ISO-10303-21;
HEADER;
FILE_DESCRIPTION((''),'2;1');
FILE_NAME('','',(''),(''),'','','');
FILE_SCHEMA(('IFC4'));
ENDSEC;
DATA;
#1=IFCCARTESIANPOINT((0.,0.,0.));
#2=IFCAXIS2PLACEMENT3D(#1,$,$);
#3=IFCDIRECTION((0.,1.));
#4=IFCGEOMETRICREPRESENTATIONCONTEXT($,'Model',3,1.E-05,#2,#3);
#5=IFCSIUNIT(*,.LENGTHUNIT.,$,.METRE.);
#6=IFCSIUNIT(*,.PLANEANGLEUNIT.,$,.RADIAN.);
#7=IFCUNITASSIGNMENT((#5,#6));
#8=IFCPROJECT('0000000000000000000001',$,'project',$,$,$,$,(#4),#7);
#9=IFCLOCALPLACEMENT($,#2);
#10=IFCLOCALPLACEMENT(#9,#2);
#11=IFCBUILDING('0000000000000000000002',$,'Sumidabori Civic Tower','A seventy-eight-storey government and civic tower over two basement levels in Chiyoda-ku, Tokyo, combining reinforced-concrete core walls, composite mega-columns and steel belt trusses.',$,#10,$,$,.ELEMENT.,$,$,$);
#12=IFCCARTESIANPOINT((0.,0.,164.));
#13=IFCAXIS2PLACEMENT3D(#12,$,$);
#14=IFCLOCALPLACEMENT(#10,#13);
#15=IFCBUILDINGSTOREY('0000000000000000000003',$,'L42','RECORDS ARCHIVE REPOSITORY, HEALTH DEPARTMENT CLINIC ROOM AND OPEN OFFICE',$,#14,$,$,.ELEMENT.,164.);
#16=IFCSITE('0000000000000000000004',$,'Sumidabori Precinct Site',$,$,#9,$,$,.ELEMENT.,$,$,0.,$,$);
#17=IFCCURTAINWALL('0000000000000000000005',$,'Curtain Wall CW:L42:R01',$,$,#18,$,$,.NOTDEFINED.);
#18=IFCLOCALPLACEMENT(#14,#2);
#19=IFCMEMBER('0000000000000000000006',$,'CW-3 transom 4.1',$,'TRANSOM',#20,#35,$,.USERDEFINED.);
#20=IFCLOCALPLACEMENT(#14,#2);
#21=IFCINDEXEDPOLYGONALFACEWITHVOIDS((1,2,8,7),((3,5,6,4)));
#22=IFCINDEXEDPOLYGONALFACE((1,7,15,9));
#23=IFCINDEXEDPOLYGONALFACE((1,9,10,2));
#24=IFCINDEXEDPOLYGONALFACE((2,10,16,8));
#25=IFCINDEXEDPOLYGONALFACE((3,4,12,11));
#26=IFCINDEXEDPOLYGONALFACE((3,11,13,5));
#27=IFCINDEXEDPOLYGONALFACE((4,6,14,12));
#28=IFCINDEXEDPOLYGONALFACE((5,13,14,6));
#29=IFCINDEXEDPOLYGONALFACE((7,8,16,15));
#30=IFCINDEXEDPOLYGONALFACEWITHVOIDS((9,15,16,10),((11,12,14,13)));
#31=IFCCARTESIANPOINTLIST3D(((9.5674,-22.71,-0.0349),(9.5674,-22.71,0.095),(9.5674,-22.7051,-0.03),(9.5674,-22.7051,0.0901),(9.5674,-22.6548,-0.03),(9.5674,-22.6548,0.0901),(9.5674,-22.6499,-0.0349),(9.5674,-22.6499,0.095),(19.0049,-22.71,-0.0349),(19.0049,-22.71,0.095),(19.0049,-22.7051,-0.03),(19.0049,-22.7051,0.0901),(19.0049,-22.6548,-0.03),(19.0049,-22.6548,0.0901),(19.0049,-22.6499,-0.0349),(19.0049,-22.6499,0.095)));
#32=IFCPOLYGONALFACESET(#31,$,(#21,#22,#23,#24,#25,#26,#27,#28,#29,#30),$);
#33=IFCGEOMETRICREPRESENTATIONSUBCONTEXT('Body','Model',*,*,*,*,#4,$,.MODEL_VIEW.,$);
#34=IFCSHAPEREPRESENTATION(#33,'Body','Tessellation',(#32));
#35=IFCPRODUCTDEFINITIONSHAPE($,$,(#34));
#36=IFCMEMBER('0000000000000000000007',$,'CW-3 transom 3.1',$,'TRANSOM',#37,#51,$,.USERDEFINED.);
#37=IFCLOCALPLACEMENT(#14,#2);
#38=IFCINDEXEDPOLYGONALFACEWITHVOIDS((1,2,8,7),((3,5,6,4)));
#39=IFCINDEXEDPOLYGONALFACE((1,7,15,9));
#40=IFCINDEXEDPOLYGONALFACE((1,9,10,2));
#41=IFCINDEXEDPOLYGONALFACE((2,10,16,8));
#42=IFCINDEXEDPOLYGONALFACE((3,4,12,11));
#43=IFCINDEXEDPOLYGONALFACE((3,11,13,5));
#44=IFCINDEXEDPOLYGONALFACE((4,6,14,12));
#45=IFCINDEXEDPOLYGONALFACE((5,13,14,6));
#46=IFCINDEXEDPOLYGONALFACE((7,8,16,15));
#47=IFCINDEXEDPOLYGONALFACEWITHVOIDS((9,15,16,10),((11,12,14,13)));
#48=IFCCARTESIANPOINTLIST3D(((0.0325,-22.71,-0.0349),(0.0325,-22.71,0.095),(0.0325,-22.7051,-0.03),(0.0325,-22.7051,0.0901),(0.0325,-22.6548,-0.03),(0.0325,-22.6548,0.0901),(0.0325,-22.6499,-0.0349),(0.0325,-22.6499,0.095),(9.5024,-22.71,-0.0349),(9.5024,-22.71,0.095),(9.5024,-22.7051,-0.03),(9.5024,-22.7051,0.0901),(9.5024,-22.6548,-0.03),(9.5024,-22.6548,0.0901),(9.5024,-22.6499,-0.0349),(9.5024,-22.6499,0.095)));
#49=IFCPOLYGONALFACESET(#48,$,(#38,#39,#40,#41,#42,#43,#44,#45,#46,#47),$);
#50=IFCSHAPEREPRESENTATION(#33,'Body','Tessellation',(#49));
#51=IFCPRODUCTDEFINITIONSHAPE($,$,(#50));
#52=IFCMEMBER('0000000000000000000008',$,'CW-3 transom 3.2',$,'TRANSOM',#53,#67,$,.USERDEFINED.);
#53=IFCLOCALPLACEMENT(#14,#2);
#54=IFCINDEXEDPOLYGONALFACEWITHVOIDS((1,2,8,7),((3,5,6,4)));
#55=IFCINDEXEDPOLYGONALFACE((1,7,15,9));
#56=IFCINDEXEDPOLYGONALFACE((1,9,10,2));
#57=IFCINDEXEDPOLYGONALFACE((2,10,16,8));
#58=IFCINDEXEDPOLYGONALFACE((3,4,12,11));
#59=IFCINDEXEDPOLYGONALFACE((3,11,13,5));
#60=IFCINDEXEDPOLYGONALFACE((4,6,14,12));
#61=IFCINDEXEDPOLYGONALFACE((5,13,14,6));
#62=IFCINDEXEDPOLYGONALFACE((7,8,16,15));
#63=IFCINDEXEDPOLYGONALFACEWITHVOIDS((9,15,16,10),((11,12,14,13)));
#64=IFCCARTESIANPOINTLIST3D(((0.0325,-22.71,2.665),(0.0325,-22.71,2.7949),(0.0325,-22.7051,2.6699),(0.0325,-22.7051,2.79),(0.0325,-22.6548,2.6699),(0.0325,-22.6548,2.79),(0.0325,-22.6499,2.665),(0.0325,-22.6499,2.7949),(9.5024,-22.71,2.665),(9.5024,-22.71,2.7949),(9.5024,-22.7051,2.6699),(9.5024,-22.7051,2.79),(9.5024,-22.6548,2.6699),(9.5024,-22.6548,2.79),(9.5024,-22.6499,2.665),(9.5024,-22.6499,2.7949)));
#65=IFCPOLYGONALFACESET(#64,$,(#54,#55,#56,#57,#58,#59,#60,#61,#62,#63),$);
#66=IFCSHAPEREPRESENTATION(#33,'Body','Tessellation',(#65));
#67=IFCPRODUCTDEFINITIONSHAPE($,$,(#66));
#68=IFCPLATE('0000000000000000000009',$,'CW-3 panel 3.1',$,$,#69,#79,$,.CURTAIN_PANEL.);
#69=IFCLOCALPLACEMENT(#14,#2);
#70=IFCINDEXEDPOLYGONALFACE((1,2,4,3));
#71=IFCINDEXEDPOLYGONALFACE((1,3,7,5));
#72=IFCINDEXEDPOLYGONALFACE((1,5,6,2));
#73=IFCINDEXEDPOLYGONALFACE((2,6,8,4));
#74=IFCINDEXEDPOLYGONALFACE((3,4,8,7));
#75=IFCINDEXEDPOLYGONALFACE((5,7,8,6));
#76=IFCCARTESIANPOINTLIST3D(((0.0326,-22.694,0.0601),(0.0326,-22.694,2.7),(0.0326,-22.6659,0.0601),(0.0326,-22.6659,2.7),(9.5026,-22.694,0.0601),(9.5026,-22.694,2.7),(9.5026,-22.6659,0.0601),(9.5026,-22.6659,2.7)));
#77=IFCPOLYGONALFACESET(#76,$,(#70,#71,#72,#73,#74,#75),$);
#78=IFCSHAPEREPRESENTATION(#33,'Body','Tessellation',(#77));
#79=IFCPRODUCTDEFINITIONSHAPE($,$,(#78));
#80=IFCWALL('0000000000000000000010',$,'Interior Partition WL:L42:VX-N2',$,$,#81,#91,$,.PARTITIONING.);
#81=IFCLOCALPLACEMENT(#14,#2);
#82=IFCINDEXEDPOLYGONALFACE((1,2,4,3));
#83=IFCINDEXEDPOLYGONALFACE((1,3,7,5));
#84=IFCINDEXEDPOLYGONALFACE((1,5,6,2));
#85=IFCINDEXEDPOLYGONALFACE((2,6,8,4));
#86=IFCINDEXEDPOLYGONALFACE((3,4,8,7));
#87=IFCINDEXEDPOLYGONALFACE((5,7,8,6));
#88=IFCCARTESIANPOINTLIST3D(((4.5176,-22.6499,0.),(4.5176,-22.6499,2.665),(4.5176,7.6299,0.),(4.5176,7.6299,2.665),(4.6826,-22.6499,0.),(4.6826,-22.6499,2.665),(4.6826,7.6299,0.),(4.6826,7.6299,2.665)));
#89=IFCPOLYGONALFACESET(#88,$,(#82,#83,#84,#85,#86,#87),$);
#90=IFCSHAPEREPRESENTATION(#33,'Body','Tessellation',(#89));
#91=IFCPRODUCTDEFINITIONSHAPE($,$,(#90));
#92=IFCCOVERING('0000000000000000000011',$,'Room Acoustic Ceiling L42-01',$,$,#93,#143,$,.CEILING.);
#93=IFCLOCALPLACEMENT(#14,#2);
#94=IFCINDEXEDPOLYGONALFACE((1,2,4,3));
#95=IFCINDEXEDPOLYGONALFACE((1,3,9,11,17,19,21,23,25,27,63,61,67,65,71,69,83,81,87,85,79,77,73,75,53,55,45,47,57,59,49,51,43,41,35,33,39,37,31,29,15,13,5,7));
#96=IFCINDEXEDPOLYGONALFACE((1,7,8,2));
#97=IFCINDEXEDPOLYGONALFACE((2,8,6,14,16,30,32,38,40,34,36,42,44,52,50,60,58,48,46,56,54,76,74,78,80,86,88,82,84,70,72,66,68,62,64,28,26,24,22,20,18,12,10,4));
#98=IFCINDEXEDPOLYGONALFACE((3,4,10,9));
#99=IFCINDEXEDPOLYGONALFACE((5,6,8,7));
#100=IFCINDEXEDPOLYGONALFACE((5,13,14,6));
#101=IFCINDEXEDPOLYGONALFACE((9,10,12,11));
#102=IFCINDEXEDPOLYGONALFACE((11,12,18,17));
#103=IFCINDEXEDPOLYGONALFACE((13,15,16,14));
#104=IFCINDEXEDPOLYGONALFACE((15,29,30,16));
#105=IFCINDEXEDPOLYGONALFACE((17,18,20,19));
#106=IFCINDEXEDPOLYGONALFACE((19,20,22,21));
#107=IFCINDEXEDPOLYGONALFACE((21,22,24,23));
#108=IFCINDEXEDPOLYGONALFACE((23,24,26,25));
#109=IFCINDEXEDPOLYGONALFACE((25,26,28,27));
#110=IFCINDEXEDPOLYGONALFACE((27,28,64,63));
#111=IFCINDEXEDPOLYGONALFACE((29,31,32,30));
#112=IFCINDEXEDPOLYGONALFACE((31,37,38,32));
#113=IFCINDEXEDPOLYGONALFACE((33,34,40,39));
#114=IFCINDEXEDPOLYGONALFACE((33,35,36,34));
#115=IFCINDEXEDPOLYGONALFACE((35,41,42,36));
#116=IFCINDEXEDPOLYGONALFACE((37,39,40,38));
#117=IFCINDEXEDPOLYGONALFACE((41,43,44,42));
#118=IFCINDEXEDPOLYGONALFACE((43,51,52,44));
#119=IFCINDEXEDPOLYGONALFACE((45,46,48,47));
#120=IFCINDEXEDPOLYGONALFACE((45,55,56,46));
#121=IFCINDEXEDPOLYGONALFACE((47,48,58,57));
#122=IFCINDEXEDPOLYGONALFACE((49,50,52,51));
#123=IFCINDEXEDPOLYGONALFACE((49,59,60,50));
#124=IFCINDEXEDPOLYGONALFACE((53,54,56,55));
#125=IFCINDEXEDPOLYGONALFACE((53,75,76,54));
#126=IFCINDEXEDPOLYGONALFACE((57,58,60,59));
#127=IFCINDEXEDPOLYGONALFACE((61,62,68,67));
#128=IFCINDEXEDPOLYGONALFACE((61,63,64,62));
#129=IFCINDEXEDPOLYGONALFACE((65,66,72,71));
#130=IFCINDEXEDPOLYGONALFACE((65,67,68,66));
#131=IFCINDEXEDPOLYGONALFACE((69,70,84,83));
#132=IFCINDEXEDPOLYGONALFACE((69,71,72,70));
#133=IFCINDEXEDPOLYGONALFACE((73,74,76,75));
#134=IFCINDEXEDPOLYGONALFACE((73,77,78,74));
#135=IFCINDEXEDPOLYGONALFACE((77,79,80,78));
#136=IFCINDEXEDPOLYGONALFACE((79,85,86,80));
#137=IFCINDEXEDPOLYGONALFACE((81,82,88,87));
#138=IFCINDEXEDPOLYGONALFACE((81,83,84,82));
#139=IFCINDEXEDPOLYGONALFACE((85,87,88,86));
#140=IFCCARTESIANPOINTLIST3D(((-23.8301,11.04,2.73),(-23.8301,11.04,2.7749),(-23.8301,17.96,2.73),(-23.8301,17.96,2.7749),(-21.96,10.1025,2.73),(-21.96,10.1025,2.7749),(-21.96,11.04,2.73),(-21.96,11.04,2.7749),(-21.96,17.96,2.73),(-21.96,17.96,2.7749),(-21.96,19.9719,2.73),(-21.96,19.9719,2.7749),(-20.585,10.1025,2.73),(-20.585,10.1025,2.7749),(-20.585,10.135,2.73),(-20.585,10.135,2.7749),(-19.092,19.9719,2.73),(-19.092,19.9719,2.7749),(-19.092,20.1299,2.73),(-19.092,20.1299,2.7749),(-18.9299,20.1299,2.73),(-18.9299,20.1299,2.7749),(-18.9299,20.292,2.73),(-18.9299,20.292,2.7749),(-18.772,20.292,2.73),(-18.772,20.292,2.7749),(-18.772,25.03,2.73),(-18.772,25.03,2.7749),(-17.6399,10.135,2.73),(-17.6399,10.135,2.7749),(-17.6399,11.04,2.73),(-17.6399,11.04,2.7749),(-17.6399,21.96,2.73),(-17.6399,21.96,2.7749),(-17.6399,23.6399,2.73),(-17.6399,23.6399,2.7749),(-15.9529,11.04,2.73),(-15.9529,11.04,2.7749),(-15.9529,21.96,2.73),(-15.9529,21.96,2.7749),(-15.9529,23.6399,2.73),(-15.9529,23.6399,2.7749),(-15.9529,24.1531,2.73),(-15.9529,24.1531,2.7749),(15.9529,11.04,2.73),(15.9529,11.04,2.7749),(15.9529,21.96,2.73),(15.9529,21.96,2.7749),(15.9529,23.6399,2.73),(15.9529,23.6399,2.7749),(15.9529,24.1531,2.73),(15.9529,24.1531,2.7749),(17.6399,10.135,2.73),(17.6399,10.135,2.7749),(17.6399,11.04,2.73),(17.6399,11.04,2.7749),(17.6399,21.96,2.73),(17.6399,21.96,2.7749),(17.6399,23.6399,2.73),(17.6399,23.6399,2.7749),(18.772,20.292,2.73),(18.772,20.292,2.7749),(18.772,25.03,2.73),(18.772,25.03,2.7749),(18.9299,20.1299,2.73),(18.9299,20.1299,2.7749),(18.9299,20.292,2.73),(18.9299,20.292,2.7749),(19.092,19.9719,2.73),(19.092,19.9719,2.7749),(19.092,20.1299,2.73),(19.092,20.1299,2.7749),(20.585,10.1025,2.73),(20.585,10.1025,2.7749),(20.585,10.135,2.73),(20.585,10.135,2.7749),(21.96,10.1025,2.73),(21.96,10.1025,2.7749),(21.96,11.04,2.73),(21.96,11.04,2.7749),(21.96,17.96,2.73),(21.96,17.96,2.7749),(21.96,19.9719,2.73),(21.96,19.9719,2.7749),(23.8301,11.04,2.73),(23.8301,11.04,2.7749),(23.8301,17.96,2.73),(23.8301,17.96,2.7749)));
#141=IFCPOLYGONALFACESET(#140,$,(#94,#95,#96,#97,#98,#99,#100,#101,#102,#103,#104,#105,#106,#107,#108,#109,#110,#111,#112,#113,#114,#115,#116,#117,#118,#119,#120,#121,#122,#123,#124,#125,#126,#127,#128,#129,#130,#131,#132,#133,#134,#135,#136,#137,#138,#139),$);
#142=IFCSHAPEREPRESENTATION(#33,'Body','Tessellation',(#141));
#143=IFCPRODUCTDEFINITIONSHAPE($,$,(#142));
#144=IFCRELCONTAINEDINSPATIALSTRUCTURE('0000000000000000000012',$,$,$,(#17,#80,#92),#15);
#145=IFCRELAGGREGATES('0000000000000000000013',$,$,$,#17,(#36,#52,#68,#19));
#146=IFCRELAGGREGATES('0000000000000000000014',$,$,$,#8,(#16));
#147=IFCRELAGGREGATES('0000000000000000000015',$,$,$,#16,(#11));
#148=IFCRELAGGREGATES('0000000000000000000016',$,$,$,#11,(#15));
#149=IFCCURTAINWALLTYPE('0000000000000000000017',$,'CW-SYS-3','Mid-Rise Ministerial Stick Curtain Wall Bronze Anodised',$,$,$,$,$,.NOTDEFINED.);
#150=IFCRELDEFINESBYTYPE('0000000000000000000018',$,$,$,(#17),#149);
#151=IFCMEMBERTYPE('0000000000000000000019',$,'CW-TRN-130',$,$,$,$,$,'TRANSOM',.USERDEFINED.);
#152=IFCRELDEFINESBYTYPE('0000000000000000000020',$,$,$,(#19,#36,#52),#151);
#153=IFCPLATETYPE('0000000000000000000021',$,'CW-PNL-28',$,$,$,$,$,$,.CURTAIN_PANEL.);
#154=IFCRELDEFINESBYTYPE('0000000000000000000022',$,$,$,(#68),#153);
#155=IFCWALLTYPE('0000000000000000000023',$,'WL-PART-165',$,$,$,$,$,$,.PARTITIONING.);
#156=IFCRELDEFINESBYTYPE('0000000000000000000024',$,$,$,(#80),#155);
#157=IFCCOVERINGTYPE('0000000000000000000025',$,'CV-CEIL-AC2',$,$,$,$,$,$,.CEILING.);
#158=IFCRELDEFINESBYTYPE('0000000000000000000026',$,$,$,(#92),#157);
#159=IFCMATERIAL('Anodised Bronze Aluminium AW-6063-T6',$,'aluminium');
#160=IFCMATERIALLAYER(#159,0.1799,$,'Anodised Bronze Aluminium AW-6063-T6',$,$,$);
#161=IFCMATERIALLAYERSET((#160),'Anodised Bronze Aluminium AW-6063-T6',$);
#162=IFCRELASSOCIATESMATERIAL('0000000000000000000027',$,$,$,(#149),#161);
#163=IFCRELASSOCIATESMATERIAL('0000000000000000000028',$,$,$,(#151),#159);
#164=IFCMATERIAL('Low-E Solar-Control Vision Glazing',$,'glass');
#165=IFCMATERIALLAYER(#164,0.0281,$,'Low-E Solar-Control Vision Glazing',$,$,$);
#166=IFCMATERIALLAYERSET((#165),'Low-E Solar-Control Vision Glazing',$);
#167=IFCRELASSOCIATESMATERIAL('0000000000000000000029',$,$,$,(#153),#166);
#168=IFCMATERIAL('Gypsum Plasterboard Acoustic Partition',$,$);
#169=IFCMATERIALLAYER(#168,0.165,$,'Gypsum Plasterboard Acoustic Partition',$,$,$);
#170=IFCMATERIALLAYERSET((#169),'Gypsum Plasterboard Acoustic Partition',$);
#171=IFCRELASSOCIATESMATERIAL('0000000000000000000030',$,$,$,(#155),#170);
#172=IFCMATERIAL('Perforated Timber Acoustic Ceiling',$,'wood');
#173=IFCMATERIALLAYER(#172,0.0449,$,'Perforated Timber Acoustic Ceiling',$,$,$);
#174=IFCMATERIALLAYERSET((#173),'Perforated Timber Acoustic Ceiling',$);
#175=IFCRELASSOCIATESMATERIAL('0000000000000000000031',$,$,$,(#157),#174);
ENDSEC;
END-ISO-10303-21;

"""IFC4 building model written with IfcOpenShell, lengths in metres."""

from ifc_helpers import new_model, si_unit, direction, frame, frame_2d, origin, origin_2d, place, context, subcontext, project, spatial, polyline, rectangle, hollow_rectangle, outline, extrude, source, transform, mapped, material, layer, layer_set, material_profile, profile_set, type_object, element, aggregate, save


model = new_model("IFC4")

# Units and contexts
model_context = context("Model", 3, precision=1e-05, world=origin(), true_north=direction((0.0, 1.0)))
body_context = subcontext(model_context, "Body", "Model", "MODEL_VIEW")
ifc_project = project(units=[si_unit("LENGTHUNIT", "METRE"), si_unit("PLANEANGLEUNIT", "RADIAN")], contexts=[model_context])

# Site, building, storey
site_placement = place(None, origin())
site = spatial("IfcSite", under=ifc_project, at=site_placement, Name="Sumidabori Precinct Site", CompositionType="ELEMENT", RefElevation=0.0)
building_placement = place(site_placement, origin())
building = spatial("IfcBuilding", under=site, at=building_placement, Name="Sumidabori Civic Tower", Description="A seventy-eight-storey government and civic tower over two basement levels in Chiyoda-ku, Tokyo, combining reinforced-concrete core walls, composite mega-columns and steel belt trusses.", CompositionType="ELEMENT")
storey_placement = place(building_placement, frame((0.0, 0.0, 164.0)))
storey = spatial("IfcBuildingStorey", under=building, at=storey_placement, Name="L42", Description="RECORDS ARCHIVE REPOSITORY, HEALTH DEPARTMENT CLINIC ROOM AND OPEN OFFICE", CompositionType="ELEMENT", Elevation=164.0)

# Curtain wall, members, plate
ifc_material_1 = material(Name="Anodised Bronze Aluminium AW-6063-T6", Category="aluminium")
ifc_layer_1 = layer(ifc_material_1, 0.1799, Name="Anodised Bronze Aluminium AW-6063-T6")
ifc_layer_set_1 = layer_set([ifc_layer_1], Name="Anodised Bronze Aluminium AW-6063-T6")
curtain_wall_type = type_object("IfcCurtainWallType", Name="CW-SYS-3", Description="Mid-Rise Ministerial Stick Curtain Wall Bronze Anodised", PredefinedType="NOTDEFINED", material=ifc_layer_set_1)
curtain_wall_placement = place(storey_placement, origin())
curtain_wall = element("IfcCurtainWall", 1, at=curtain_wall_placement, inside=storey, type_object=curtain_wall_type, Name="Curtain Wall CW:L42:R01", PredefinedType="NOTDEFINED")
ifc_material_profile_1 = material_profile(ifc_material_1, hollow_rectangle(XDim=0.0601, YDim=0.1299, WallThickness=0.0049, at=origin_2d()), Name="ALU TRANSOM 130x60")
ifc_profile_set_1 = profile_set([ifc_material_profile_1], Name="Anodised Bronze Aluminium AW-6063-T6")
member_type_1 = type_object("IfcMemberType", Name="CW-TRN-130", ElementType="TRANSOM", PredefinedType="USERDEFINED", material=ifc_profile_set_1)
shared_shape_1 = source(origin(), body_context, "Body", "SweptSolid", [
    extrude(hollow_rectangle(XDim=0.0601, YDim=0.1299, WallThickness=0.0049, at=origin_2d()), origin(), (0.0, 0.0, 1.0), 9.4375),
])
member_1_placement = place(storey_placement, frame((9.5674, -22.6799, 0.03), z_axis=(1.0, 0.0, 0.0), x_axis=(0.0, 1.0, 0.0)))
member_1 = element("IfcMember", 2, at=member_1_placement, type_object=member_type_1, Name="CW-3 transom 4.1", ObjectType="TRANSOM", PredefinedType="USERDEFINED", context=body_context, shape_type="MappedRepresentation", body=[
    mapped(shared_shape_1, transform((0.0, 0.0, 0.0), x_axis=(1.0, 0.0, 0.0), y_axis=(0.0, 1.0, 0.0), z_axis=(0.0, 0.0, 1.0), scale=1.0)),
])
shared_shape_2 = source(origin(), body_context, "Body", "SweptSolid", [
    extrude(hollow_rectangle(XDim=0.0601, YDim=0.1299, WallThickness=0.0049, at=origin_2d()), origin(), (0.0, 0.0, 1.0), 9.47),
])
member_2_placement = place(storey_placement, frame((0.0325, -22.6799, 0.03), z_axis=(1.0, 0.0, 0.0), x_axis=(0.0, 1.0, 0.0)))
member_2 = element("IfcMember", 3, at=member_2_placement, type_object=member_type_1, Name="CW-3 transom 3.1", ObjectType="TRANSOM", PredefinedType="USERDEFINED", context=body_context, shape_type="MappedRepresentation", body=[
    mapped(shared_shape_2, transform((0.0, 0.0, 0.0), x_axis=(1.0, 0.0, 0.0), y_axis=(0.0, 1.0, 0.0), z_axis=(0.0, 0.0, 1.0), scale=1.0)),
])
member_3_placement = place(storey_placement, frame((0.0325, -22.6799, 2.73), z_axis=(1.0, 0.0, 0.0), x_axis=(0.0, 1.0, 0.0)))
member_3 = element("IfcMember", 4, at=member_3_placement, type_object=member_type_1, Name="CW-3 transom 3.2", ObjectType="TRANSOM", PredefinedType="USERDEFINED", context=body_context, shape_type="MappedRepresentation", body=[
    mapped(shared_shape_2, transform((0.0, 0.0, 0.0), x_axis=(1.0, 0.0, 0.0), y_axis=(0.0, 1.0, 0.0), z_axis=(0.0, 0.0, 1.0), scale=1.0)),
])
ifc_material_2 = material(Name="Low-E Solar-Control Vision Glazing", Category="glass")
ifc_layer_2 = layer(ifc_material_2, 0.0281, Name="Low-E Solar-Control Vision Glazing")
ifc_layer_set_2 = layer_set([ifc_layer_2], Name="Low-E Solar-Control Vision Glazing")
plate_type = type_object("IfcPlateType", Name="CW-PNL-28", PredefinedType="CURTAIN_PANEL", material=ifc_layer_set_2)
shared_shape_3 = source(origin(), body_context, "Body", "SweptSolid", [
    extrude(rectangle(XDim=9.47, YDim=0.0281, at=origin_2d()), origin(), (0.0, 0.0, 1.0), 2.6399),
])
plate_placement = place(storey_placement, frame((4.7676, -22.6799, 0.0601), z_axis=(0.0, 0.0, 1.0), x_axis=(1.0, 0.0, 0.0)))
plate = element("IfcPlate", 5, at=plate_placement, type_object=plate_type, Name="CW-3 panel 3.1", PredefinedType="CURTAIN_PANEL", context=body_context, shape_type="MappedRepresentation", body=[
    mapped(shared_shape_3, transform((0.0, 0.0, 0.0), x_axis=(1.0, 0.0, 0.0), y_axis=(0.0, 1.0, 0.0), z_axis=(0.0, 0.0, 1.0), scale=1.0)),
])
aggregate(curtain_wall, [member_2, member_3, plate, member_1])

# Wall
ifc_material_3 = material(Name="Gypsum Plasterboard Acoustic Partition")
ifc_layer_3 = layer(ifc_material_3, 0.165, Name="Gypsum Plasterboard Acoustic Partition")
ifc_layer_set_3 = layer_set([ifc_layer_3], Name="Gypsum Plasterboard Acoustic Partition")
wall_type = type_object("IfcWallType", Name="WL-PART-165", PredefinedType="PARTITIONING", material=ifc_layer_set_3)
shared_shape_4 = source(origin(), body_context, "Body", "SweptSolid", [
    extrude(rectangle(XDim=30.2798, YDim=0.165, at=frame_2d((15.1399, 0.0))), origin(), (0.0, 0.0, 1.0), 2.665),
])
wall_placement = place(storey_placement, frame((4.6001, -22.6499, 0.0), z_axis=(0.0, 0.0, 1.0), x_axis=(0.0, 1.0, 0.0)))
element("IfcWall", 6, at=wall_placement, inside=storey, type_object=wall_type, Name="Interior Partition WL:L42:VX-N2", PredefinedType="PARTITIONING", context=body_context, shape_type="MappedRepresentation", body=[
    mapped(shared_shape_4, transform((0.0, 0.0, 0.0), x_axis=(1.0, 0.0, 0.0), y_axis=(0.0, 1.0, 0.0), z_axis=(0.0, 0.0, 1.0), scale=1.0)),
])

# Covering
ifc_material_4 = material(Name="Perforated Timber Acoustic Ceiling", Category="wood")
ifc_layer_4 = layer(ifc_material_4, 0.0449, Name="Perforated Timber Acoustic Ceiling")
ifc_layer_set_4 = layer_set([ifc_layer_4], Name="Perforated Timber Acoustic Ceiling")
covering_type_1 = type_object("IfcCoveringType", Name="CV-CEIL-AC2", PredefinedType="CEILING", material=ifc_layer_set_4)
covering_1_placement = place(storey_placement, frame((0.0, 0.0, 2.73)))
element("IfcCovering", 7, at=covering_1_placement, inside=storey, type_object=covering_type_1, Name="Room Acoustic Ceiling L42-01", PredefinedType="CEILING", context=body_context, shape_type="SweptSolid", body=[
    extrude(outline(polyline([(-23.8301, 17.96), (-21.96, 17.96), (-21.96, 19.9719), (-19.092, 19.9719), (-19.092, 20.1299), (-18.9299, 20.1299), (-18.9299, 20.292), (-18.772, 20.292), (-18.772, 25.03), (18.772, 25.03), (18.772, 20.292), (18.9299, 20.292), (18.9299, 20.1299), (19.092, 20.1299), (19.092, 19.9719), (21.96, 19.9719), (21.96, 17.96), (23.8301, 17.96), (23.8301, 11.04), (21.96, 11.04), (21.96, 10.1025), (20.585, 10.1025), (20.585, 10.135), (17.6399, 10.135), (17.6399, 11.04), (15.9529, 11.04), (15.9529, 21.96), (17.6399, 21.96), (17.6399, 23.6399), (15.9529, 23.6399), (15.9529, 24.1531), (-15.9529, 24.1531), (-15.9529, 23.6399), (-17.6399, 23.6399), (-17.6399, 21.96), (-15.9529, 21.96), (-15.9529, 11.04), (-17.6399, 11.04), (-17.6399, 10.135), (-20.585, 10.135), (-20.585, 10.1025), (-21.96, 10.1025), (-21.96, 11.04), (-23.8301, 11.04), (-23.8301, 17.96)])), origin(), (0.0, 0.0, 1.0), 0.0449),
])

save(model, "model.ifc")
